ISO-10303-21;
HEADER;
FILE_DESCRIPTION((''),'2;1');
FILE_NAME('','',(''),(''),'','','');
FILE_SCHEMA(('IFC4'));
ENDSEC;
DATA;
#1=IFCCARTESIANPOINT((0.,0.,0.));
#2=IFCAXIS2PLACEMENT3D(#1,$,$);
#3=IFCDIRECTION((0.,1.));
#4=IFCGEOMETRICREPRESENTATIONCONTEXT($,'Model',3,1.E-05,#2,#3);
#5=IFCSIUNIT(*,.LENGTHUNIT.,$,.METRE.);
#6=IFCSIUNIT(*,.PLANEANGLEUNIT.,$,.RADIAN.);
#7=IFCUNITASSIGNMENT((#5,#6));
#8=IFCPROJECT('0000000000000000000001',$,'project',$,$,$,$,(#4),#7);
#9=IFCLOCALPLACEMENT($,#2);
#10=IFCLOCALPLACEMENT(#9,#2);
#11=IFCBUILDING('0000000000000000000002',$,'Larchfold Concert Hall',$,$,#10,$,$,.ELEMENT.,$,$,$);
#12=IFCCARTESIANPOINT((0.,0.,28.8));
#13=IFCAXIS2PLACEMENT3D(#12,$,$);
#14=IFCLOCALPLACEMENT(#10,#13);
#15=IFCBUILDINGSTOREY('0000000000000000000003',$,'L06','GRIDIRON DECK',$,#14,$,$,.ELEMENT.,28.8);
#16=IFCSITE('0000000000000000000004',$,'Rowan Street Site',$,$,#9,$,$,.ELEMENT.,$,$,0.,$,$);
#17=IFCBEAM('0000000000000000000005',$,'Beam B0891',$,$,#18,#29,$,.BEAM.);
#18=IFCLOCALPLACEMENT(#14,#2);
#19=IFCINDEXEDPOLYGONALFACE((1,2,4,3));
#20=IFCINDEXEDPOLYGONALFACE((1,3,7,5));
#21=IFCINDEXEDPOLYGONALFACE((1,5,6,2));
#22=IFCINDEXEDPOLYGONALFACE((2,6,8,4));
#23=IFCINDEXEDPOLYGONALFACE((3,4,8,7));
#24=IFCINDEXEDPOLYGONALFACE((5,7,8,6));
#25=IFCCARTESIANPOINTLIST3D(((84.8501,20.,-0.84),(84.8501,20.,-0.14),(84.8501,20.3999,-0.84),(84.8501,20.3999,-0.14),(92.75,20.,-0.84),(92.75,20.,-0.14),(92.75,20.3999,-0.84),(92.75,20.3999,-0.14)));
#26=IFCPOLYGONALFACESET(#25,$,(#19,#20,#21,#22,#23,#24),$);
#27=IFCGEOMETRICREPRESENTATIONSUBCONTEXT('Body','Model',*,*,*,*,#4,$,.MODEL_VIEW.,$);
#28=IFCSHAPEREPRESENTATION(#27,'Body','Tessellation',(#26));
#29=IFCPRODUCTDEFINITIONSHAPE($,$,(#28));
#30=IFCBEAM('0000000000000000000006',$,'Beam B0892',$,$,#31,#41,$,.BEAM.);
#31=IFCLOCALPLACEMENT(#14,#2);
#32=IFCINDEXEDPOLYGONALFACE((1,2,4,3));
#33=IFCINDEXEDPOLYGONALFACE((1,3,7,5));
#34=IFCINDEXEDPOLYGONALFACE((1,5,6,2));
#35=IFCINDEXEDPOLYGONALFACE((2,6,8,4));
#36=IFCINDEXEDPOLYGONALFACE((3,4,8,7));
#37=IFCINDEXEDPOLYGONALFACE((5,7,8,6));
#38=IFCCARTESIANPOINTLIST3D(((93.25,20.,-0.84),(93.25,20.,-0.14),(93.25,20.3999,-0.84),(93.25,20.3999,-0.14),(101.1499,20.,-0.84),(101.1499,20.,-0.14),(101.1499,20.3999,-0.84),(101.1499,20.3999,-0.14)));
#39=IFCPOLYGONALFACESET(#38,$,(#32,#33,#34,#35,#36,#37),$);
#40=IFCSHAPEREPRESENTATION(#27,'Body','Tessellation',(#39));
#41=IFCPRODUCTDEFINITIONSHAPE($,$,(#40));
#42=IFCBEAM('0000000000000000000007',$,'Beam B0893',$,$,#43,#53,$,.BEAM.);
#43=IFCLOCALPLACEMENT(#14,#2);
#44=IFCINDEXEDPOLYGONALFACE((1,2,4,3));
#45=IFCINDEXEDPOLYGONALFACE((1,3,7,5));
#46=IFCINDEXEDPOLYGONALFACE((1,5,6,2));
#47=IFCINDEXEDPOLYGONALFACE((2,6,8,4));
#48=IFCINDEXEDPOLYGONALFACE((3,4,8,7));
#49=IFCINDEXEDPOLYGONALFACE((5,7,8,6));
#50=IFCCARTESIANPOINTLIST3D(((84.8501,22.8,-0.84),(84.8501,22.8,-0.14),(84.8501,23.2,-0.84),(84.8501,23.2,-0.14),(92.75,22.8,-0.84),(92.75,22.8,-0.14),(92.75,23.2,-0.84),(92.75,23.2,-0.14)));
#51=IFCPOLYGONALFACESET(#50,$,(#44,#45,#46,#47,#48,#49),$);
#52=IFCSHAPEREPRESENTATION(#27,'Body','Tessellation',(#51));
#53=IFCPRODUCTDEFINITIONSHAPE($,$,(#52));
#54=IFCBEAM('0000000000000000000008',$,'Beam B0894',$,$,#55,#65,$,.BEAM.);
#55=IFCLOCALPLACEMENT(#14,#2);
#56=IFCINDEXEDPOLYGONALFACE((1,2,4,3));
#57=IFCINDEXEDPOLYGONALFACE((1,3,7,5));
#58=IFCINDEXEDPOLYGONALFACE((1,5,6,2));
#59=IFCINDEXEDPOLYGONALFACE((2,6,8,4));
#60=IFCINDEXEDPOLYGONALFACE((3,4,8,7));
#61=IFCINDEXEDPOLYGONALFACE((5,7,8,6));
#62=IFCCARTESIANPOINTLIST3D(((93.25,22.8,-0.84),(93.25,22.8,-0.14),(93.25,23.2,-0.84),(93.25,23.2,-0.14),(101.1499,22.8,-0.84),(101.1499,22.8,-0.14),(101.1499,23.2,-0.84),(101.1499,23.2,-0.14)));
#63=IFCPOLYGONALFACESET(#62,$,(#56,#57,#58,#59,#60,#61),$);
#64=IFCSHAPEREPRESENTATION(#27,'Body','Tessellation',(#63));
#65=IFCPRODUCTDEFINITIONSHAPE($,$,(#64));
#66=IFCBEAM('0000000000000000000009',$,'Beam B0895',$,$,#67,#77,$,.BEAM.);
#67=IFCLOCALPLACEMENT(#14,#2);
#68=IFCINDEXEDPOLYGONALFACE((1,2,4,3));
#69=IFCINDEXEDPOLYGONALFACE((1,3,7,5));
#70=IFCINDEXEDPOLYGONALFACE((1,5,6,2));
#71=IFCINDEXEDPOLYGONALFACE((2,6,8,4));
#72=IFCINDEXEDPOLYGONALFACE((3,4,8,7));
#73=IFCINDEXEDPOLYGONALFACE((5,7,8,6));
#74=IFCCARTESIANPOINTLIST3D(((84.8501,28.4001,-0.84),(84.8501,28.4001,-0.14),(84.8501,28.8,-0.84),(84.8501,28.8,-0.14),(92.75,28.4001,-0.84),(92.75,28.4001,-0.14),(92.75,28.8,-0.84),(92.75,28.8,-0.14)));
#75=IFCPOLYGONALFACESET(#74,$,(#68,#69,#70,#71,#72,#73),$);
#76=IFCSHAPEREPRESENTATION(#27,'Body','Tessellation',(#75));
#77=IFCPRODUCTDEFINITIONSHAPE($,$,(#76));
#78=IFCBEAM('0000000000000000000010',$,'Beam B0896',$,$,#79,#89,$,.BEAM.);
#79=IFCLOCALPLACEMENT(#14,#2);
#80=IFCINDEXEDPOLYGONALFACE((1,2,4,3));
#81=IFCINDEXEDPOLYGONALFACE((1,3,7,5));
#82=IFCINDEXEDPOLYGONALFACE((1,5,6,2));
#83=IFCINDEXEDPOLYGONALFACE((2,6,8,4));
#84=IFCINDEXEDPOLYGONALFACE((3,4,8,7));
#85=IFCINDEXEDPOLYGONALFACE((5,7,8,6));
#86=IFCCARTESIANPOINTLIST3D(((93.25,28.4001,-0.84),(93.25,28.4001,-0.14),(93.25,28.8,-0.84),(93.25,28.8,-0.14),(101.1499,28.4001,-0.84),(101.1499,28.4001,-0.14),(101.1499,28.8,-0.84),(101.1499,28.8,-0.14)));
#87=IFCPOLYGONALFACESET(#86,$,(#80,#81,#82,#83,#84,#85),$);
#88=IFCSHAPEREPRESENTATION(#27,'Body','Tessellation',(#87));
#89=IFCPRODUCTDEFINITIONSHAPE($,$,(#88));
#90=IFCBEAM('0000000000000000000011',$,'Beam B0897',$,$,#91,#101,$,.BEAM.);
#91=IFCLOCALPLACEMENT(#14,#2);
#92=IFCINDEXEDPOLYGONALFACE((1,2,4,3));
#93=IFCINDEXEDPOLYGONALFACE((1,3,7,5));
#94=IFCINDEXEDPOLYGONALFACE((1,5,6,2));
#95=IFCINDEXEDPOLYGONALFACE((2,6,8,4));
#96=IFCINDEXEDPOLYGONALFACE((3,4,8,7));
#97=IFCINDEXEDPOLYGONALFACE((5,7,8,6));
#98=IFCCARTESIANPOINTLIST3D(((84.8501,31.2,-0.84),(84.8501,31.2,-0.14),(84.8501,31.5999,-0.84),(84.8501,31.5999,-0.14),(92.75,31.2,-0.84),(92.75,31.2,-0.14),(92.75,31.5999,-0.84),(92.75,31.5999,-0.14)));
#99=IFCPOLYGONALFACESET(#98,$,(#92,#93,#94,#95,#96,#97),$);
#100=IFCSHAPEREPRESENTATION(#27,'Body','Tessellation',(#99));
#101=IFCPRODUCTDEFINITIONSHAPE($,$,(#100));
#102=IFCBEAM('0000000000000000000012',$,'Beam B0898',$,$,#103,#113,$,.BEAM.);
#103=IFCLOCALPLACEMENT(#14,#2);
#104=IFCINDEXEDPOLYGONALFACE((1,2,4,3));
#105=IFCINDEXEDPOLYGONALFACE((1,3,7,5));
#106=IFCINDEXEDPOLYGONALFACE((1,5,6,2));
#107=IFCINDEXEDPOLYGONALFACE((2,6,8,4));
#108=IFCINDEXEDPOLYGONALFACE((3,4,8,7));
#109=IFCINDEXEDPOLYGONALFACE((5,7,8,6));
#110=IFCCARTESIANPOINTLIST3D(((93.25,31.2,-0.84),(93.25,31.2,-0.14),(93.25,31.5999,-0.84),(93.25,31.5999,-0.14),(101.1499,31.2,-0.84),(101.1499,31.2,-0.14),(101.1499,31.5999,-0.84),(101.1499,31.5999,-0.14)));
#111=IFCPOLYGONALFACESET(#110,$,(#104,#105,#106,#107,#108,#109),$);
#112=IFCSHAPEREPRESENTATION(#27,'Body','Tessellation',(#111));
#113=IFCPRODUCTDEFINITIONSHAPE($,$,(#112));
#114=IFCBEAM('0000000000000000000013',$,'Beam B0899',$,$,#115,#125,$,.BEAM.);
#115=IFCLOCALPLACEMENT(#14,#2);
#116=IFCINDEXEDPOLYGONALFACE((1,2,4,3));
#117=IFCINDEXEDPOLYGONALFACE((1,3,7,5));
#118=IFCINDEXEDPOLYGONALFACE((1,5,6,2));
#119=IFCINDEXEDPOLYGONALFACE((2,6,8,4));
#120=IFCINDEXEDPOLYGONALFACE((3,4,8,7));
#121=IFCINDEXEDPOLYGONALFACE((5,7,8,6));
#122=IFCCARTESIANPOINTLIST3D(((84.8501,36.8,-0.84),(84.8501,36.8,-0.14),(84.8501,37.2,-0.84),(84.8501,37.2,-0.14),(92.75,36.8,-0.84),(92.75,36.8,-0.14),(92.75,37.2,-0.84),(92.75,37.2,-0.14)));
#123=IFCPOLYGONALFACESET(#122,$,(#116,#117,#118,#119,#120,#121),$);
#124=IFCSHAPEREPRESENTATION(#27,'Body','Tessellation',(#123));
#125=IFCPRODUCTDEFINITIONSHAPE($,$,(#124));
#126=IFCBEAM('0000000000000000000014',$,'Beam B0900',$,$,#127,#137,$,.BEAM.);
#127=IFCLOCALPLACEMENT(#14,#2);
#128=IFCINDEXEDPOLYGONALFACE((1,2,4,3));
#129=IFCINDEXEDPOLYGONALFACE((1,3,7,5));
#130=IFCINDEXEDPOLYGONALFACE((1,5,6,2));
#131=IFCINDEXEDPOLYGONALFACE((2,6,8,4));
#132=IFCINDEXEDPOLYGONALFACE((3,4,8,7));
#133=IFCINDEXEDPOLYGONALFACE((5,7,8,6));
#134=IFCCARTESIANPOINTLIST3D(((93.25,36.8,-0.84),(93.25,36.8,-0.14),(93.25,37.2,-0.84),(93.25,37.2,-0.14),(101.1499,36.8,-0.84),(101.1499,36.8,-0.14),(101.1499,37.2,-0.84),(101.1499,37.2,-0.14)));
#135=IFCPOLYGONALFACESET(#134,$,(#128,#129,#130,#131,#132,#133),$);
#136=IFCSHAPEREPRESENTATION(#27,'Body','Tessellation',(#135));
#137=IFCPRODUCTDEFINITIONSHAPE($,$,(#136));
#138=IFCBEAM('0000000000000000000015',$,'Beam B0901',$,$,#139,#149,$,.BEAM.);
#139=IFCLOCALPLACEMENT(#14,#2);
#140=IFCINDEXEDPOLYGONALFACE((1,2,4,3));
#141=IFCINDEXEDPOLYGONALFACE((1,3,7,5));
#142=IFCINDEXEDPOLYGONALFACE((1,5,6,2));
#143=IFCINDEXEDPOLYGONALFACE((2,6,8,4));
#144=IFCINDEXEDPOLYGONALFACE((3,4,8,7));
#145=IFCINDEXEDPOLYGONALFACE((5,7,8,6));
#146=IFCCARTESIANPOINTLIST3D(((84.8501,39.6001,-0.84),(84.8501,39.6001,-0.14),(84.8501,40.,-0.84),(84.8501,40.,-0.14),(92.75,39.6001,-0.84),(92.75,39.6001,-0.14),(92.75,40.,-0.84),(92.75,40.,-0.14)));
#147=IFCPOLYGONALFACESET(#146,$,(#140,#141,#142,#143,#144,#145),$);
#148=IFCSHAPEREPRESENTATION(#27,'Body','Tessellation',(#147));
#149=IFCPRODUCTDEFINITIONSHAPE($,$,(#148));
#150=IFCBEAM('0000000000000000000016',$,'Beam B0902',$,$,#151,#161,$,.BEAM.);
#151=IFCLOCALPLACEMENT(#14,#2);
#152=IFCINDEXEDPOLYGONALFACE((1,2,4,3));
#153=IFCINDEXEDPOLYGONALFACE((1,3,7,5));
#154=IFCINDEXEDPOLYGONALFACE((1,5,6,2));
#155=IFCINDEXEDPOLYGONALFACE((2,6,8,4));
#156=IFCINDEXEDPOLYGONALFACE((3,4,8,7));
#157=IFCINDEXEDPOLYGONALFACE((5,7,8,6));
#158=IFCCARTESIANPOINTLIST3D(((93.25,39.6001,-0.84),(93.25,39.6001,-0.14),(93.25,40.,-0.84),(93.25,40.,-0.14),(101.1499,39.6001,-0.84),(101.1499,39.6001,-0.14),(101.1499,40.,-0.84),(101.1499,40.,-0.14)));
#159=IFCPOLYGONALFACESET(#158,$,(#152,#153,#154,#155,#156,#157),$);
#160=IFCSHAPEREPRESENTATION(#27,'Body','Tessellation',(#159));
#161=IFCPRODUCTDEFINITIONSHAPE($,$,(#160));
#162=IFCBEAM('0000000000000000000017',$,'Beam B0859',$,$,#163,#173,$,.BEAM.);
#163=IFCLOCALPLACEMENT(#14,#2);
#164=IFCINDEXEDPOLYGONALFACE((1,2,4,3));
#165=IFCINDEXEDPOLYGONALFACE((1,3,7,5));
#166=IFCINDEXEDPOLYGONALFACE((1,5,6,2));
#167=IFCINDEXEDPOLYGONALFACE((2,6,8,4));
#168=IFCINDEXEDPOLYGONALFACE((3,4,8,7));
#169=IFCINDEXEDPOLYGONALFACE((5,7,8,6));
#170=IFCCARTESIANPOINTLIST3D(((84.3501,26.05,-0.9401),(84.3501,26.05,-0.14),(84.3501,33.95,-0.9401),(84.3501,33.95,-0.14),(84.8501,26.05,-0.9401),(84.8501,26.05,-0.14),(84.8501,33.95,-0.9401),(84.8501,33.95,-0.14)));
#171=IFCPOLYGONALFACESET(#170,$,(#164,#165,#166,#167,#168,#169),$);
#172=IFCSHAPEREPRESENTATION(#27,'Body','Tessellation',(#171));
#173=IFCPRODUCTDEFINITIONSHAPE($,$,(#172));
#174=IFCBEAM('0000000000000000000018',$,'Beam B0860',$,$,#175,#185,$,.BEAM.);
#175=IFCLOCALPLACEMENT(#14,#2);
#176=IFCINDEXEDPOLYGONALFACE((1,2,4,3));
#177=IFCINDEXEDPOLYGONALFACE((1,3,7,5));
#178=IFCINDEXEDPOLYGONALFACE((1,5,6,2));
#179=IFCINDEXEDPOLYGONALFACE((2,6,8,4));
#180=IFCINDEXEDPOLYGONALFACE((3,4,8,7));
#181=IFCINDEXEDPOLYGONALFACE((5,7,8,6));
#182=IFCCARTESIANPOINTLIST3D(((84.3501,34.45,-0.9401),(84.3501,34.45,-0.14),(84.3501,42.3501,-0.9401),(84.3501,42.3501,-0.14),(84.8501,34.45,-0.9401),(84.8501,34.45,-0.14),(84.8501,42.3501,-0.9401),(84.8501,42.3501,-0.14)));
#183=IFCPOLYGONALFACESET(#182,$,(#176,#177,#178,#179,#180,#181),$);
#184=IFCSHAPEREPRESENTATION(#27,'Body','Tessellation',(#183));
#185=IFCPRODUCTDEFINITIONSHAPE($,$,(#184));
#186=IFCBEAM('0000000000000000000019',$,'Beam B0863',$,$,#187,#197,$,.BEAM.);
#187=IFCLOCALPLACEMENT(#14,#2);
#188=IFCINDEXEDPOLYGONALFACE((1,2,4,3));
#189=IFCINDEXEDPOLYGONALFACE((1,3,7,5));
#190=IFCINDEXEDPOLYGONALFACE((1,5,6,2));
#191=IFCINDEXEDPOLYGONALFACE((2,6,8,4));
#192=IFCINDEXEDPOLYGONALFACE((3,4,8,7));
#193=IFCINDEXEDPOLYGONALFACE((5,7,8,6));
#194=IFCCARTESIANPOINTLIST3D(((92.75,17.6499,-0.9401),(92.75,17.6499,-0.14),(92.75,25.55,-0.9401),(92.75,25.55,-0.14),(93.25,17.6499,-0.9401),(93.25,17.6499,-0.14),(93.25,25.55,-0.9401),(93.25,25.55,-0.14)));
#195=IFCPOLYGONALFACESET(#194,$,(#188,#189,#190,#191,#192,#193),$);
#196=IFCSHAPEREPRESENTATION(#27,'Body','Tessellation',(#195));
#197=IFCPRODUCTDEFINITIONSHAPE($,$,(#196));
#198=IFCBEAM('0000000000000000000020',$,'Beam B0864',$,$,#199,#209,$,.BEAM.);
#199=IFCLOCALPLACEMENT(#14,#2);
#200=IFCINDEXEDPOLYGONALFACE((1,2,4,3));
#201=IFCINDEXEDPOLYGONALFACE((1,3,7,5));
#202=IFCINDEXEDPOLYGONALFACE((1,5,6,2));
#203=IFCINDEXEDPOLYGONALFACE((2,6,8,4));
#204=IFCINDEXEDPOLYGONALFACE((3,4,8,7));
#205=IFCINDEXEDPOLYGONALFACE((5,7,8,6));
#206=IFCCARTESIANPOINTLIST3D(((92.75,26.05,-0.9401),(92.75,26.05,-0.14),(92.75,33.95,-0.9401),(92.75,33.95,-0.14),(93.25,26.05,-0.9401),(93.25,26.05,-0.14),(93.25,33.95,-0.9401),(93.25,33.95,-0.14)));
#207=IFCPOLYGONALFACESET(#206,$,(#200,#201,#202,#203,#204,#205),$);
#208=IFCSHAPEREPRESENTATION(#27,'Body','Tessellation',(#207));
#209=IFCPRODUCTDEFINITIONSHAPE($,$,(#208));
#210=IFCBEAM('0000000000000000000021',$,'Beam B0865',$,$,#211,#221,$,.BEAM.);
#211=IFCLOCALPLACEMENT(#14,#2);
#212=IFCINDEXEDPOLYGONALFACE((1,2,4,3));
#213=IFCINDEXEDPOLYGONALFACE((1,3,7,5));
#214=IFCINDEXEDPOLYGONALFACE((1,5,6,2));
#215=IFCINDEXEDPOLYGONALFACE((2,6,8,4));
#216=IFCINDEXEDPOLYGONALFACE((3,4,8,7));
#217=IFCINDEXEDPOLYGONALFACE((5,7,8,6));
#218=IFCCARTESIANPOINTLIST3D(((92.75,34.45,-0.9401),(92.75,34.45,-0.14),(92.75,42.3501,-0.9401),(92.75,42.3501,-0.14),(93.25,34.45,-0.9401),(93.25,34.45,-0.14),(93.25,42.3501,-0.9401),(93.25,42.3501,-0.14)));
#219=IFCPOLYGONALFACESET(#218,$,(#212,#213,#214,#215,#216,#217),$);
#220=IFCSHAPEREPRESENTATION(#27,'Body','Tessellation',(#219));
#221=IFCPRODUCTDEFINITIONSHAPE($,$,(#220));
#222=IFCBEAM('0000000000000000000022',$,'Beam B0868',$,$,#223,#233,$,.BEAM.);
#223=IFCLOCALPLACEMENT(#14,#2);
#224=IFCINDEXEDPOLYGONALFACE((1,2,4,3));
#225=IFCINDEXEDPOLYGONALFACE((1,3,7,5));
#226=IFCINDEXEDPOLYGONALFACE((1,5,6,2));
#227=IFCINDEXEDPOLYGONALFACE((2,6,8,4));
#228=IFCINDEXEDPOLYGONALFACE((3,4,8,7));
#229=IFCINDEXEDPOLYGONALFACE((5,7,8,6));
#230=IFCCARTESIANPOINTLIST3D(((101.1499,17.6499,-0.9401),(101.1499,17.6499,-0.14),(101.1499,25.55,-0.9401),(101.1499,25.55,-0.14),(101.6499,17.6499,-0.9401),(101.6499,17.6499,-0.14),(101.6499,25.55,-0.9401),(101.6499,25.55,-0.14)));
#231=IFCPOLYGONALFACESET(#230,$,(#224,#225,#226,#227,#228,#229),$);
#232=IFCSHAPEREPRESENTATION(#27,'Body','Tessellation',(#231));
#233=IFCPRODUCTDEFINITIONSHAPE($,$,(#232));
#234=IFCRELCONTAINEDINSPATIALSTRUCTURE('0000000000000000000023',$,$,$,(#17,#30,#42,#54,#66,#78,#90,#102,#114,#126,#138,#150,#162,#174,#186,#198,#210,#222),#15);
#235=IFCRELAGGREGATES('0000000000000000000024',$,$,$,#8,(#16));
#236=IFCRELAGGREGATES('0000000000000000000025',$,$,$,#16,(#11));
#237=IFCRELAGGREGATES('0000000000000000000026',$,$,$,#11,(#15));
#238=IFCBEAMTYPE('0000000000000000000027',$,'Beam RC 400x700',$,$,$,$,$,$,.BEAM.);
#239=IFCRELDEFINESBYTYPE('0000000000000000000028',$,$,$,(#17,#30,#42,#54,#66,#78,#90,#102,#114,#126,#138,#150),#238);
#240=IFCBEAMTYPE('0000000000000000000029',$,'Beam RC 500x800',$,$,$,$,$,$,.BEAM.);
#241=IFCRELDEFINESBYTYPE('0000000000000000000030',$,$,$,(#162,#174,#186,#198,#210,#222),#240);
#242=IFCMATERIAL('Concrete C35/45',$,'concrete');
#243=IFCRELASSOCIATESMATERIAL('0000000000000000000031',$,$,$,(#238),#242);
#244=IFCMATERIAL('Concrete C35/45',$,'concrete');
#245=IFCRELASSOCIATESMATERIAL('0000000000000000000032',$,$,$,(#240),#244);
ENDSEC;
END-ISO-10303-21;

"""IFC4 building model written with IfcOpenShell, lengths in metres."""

from ifc_helpers import new_model, si_unit, direction, frame, origin, origin_2d, place, context, subcontext, project, spatial, rectangle, extrude, material, material_profile, profile_set, type_object, element, save


model = new_model("IFC4")

# Units and contexts
model_context = context("Model", 3, precision=1e-05, world=origin(), true_north=direction((0.0, 1.0)))
body_context = subcontext(model_context, "Body", "Model", "MODEL_VIEW")
ifc_project = project(units=[si_unit("LENGTHUNIT", "METRE"), si_unit("PLANEANGLEUNIT", "RADIAN")], contexts=[model_context])

# Site, building, storey
site_placement = place(None, origin())
site = spatial("IfcSite", under=ifc_project, at=site_placement, Name="Rowan Street Site", CompositionType="ELEMENT", RefElevation=0.0)
building_placement = place(site_placement, origin())
building = spatial("IfcBuilding", under=site, at=building_placement, Name="Larchfold Concert Hall", CompositionType="ELEMENT")
storey_placement = place(building_placement, frame((0.0, 0.0, 28.8)))
storey = spatial("IfcBuildingStorey", under=building, at=storey_placement, Name="L06", Description="GRIDIRON DECK", CompositionType="ELEMENT", Elevation=28.8)

# Beams
ifc_material_1 = material(Name="Concrete C35/45", Category="concrete")
ifc_material_profile_1 = material_profile(ifc_material_1, rectangle(XDim=0.3999, YDim=0.7, at=origin_2d()))
ifc_profile_set_1 = profile_set([ifc_material_profile_1], Name="Concrete C35/45")
beam_type_1 = type_object("IfcBeamType", Name="Beam RC 400x700", PredefinedType="BEAM", material=ifc_profile_set_1)
for number, where, z_axis, x_axis, name in (
    (1, (84.8501, 20.2, -0.49), (1.0, 0.0, 0.0), (0.0, 1.0, 0.0), "Beam B0891"),
    (2, (93.25, 20.2, -0.49), (1.0, 0.0, 0.0), (0.0, 1.0, 0.0), "Beam B0892"),
    (3, (84.8501, 23.0, -0.49), (1.0, 0.0, 0.0), (0.0, 1.0, 0.0), "Beam B0893"),
    (4, (93.25, 23.0, -0.49), (1.0, 0.0, 0.0), (0.0, 1.0, 0.0), "Beam B0894"),
    (5, (84.8501, 28.6001, -0.49), (1.0, 0.0, 0.0), (0.0, 1.0, 0.0), "Beam B0895"),
    (6, (93.25, 28.6001, -0.49), (1.0, 0.0, 0.0), (0.0, 1.0, 0.0), "Beam B0896"),
    (7, (84.8501, 31.3999, -0.49), (1.0, 0.0, 0.0), (0.0, 1.0, 0.0), "Beam B0897"),
    (8, (93.25, 31.3999, -0.49), (1.0, 0.0, 0.0), (0.0, 1.0, 0.0), "Beam B0898"),
    (9, (84.8501, 37.0, -0.49), (1.0, 0.0, 0.0), (0.0, 1.0, 0.0), "Beam B0899"),
    (10, (93.25, 37.0, -0.49), (1.0, 0.0, 0.0), (0.0, 1.0, 0.0), "Beam B0900"),
    (11, (84.8501, 39.8, -0.49), (1.0, 0.0, 0.0), (0.0, 1.0, 0.0), "Beam B0901"),
    (12, (93.25, 39.8, -0.49), (1.0, 0.0, 0.0), (0.0, 1.0, 0.0), "Beam B0902"),
):
    element("IfcBeam", number, at=place(storey_placement, frame(where, z_axis=z_axis, x_axis=x_axis)), inside=storey, type_object=beam_type_1, Name=name, PredefinedType="BEAM", context=body_context, shape_type="SweptSolid", body=[
        extrude(rectangle(XDim=0.3999, YDim=0.7, at=origin_2d()), origin(), (0.0, 0.0, 1.0), 7.8999),
    ])
ifc_material_2 = material(Name="Concrete C35/45", Category="concrete")
ifc_material_profile_2 = material_profile(ifc_material_2, rectangle(XDim=0.5, YDim=0.8, at=origin_2d()))
ifc_profile_set_2 = profile_set([ifc_material_profile_2], Name="Concrete C35/45")
beam_type_2 = type_object("IfcBeamType", Name="Beam RC 500x800", PredefinedType="BEAM", material=ifc_profile_set_2)
beam_1_placement = place(storey_placement, frame((84.6001, 26.05, -0.54), z_axis=(0.0, 1.0, 0.0), x_axis=(-1.0, 0.0, 0.0)))
element("IfcBeam", 13, at=beam_1_placement, inside=storey, type_object=beam_type_2, Name="Beam B0859", PredefinedType="BEAM", context=body_context, shape_type="SweptSolid", body=[
    extrude(rectangle(XDim=0.5, YDim=0.8, at=origin_2d()), origin(), (0.0, 0.0, 1.0), 7.8999),
])
for number, where, z_axis, x_axis, name in (
    (14, (84.6001, 34.45, -0.54), (0.0, 1.0, 0.0), (-1.0, 0.0, 0.0), "Beam B0860"),
    (15, (93.0, 17.6499, -0.54), (0.0, 1.0, 0.0), (-1.0, 0.0, 0.0), "Beam B0863"),
):
    element("IfcBeam", number, at=place(storey_placement, frame(where, z_axis=z_axis, x_axis=x_axis)), inside=storey, type_object=beam_type_2, Name=name, PredefinedType="BEAM", context=body_context, shape_type="SweptSolid", body=[
        extrude(rectangle(XDim=0.5, YDim=0.8, at=origin_2d()), origin(), (0.0, 0.0, 1.0), 7.9001),
    ])
beam_2_placement = place(storey_placement, frame((93.0, 26.05, -0.54), z_axis=(0.0, 1.0, 0.0), x_axis=(-1.0, 0.0, 0.0)))
element("IfcBeam", 16, at=beam_2_placement, inside=storey, type_object=beam_type_2, Name="Beam B0864", PredefinedType="BEAM", context=body_context, shape_type="SweptSolid", body=[
    extrude(rectangle(XDim=0.5, YDim=0.8, at=origin_2d()), origin(), (0.0, 0.0, 1.0), 7.8999),
])
for number, where, z_axis, x_axis, name in (
    (17, (93.0, 34.45, -0.54), (0.0, 1.0, 0.0), (-1.0, 0.0, 0.0), "Beam B0865"),
    (18, (101.3999, 17.6499, -0.54), (0.0, 1.0, 0.0), (-1.0, 0.0, 0.0), "Beam B0868"),
):
    element("IfcBeam", number, at=place(storey_placement, frame(where, z_axis=z_axis, x_axis=x_axis)), inside=storey, type_object=beam_type_2, Name=name, PredefinedType="BEAM", context=body_context, shape_type="SweptSolid", body=[
        extrude(rectangle(XDim=0.5, YDim=0.8, at=origin_2d()), origin(), (0.0, 0.0, 1.0), 7.9001),
    ])

save(model, "model.ifc")
